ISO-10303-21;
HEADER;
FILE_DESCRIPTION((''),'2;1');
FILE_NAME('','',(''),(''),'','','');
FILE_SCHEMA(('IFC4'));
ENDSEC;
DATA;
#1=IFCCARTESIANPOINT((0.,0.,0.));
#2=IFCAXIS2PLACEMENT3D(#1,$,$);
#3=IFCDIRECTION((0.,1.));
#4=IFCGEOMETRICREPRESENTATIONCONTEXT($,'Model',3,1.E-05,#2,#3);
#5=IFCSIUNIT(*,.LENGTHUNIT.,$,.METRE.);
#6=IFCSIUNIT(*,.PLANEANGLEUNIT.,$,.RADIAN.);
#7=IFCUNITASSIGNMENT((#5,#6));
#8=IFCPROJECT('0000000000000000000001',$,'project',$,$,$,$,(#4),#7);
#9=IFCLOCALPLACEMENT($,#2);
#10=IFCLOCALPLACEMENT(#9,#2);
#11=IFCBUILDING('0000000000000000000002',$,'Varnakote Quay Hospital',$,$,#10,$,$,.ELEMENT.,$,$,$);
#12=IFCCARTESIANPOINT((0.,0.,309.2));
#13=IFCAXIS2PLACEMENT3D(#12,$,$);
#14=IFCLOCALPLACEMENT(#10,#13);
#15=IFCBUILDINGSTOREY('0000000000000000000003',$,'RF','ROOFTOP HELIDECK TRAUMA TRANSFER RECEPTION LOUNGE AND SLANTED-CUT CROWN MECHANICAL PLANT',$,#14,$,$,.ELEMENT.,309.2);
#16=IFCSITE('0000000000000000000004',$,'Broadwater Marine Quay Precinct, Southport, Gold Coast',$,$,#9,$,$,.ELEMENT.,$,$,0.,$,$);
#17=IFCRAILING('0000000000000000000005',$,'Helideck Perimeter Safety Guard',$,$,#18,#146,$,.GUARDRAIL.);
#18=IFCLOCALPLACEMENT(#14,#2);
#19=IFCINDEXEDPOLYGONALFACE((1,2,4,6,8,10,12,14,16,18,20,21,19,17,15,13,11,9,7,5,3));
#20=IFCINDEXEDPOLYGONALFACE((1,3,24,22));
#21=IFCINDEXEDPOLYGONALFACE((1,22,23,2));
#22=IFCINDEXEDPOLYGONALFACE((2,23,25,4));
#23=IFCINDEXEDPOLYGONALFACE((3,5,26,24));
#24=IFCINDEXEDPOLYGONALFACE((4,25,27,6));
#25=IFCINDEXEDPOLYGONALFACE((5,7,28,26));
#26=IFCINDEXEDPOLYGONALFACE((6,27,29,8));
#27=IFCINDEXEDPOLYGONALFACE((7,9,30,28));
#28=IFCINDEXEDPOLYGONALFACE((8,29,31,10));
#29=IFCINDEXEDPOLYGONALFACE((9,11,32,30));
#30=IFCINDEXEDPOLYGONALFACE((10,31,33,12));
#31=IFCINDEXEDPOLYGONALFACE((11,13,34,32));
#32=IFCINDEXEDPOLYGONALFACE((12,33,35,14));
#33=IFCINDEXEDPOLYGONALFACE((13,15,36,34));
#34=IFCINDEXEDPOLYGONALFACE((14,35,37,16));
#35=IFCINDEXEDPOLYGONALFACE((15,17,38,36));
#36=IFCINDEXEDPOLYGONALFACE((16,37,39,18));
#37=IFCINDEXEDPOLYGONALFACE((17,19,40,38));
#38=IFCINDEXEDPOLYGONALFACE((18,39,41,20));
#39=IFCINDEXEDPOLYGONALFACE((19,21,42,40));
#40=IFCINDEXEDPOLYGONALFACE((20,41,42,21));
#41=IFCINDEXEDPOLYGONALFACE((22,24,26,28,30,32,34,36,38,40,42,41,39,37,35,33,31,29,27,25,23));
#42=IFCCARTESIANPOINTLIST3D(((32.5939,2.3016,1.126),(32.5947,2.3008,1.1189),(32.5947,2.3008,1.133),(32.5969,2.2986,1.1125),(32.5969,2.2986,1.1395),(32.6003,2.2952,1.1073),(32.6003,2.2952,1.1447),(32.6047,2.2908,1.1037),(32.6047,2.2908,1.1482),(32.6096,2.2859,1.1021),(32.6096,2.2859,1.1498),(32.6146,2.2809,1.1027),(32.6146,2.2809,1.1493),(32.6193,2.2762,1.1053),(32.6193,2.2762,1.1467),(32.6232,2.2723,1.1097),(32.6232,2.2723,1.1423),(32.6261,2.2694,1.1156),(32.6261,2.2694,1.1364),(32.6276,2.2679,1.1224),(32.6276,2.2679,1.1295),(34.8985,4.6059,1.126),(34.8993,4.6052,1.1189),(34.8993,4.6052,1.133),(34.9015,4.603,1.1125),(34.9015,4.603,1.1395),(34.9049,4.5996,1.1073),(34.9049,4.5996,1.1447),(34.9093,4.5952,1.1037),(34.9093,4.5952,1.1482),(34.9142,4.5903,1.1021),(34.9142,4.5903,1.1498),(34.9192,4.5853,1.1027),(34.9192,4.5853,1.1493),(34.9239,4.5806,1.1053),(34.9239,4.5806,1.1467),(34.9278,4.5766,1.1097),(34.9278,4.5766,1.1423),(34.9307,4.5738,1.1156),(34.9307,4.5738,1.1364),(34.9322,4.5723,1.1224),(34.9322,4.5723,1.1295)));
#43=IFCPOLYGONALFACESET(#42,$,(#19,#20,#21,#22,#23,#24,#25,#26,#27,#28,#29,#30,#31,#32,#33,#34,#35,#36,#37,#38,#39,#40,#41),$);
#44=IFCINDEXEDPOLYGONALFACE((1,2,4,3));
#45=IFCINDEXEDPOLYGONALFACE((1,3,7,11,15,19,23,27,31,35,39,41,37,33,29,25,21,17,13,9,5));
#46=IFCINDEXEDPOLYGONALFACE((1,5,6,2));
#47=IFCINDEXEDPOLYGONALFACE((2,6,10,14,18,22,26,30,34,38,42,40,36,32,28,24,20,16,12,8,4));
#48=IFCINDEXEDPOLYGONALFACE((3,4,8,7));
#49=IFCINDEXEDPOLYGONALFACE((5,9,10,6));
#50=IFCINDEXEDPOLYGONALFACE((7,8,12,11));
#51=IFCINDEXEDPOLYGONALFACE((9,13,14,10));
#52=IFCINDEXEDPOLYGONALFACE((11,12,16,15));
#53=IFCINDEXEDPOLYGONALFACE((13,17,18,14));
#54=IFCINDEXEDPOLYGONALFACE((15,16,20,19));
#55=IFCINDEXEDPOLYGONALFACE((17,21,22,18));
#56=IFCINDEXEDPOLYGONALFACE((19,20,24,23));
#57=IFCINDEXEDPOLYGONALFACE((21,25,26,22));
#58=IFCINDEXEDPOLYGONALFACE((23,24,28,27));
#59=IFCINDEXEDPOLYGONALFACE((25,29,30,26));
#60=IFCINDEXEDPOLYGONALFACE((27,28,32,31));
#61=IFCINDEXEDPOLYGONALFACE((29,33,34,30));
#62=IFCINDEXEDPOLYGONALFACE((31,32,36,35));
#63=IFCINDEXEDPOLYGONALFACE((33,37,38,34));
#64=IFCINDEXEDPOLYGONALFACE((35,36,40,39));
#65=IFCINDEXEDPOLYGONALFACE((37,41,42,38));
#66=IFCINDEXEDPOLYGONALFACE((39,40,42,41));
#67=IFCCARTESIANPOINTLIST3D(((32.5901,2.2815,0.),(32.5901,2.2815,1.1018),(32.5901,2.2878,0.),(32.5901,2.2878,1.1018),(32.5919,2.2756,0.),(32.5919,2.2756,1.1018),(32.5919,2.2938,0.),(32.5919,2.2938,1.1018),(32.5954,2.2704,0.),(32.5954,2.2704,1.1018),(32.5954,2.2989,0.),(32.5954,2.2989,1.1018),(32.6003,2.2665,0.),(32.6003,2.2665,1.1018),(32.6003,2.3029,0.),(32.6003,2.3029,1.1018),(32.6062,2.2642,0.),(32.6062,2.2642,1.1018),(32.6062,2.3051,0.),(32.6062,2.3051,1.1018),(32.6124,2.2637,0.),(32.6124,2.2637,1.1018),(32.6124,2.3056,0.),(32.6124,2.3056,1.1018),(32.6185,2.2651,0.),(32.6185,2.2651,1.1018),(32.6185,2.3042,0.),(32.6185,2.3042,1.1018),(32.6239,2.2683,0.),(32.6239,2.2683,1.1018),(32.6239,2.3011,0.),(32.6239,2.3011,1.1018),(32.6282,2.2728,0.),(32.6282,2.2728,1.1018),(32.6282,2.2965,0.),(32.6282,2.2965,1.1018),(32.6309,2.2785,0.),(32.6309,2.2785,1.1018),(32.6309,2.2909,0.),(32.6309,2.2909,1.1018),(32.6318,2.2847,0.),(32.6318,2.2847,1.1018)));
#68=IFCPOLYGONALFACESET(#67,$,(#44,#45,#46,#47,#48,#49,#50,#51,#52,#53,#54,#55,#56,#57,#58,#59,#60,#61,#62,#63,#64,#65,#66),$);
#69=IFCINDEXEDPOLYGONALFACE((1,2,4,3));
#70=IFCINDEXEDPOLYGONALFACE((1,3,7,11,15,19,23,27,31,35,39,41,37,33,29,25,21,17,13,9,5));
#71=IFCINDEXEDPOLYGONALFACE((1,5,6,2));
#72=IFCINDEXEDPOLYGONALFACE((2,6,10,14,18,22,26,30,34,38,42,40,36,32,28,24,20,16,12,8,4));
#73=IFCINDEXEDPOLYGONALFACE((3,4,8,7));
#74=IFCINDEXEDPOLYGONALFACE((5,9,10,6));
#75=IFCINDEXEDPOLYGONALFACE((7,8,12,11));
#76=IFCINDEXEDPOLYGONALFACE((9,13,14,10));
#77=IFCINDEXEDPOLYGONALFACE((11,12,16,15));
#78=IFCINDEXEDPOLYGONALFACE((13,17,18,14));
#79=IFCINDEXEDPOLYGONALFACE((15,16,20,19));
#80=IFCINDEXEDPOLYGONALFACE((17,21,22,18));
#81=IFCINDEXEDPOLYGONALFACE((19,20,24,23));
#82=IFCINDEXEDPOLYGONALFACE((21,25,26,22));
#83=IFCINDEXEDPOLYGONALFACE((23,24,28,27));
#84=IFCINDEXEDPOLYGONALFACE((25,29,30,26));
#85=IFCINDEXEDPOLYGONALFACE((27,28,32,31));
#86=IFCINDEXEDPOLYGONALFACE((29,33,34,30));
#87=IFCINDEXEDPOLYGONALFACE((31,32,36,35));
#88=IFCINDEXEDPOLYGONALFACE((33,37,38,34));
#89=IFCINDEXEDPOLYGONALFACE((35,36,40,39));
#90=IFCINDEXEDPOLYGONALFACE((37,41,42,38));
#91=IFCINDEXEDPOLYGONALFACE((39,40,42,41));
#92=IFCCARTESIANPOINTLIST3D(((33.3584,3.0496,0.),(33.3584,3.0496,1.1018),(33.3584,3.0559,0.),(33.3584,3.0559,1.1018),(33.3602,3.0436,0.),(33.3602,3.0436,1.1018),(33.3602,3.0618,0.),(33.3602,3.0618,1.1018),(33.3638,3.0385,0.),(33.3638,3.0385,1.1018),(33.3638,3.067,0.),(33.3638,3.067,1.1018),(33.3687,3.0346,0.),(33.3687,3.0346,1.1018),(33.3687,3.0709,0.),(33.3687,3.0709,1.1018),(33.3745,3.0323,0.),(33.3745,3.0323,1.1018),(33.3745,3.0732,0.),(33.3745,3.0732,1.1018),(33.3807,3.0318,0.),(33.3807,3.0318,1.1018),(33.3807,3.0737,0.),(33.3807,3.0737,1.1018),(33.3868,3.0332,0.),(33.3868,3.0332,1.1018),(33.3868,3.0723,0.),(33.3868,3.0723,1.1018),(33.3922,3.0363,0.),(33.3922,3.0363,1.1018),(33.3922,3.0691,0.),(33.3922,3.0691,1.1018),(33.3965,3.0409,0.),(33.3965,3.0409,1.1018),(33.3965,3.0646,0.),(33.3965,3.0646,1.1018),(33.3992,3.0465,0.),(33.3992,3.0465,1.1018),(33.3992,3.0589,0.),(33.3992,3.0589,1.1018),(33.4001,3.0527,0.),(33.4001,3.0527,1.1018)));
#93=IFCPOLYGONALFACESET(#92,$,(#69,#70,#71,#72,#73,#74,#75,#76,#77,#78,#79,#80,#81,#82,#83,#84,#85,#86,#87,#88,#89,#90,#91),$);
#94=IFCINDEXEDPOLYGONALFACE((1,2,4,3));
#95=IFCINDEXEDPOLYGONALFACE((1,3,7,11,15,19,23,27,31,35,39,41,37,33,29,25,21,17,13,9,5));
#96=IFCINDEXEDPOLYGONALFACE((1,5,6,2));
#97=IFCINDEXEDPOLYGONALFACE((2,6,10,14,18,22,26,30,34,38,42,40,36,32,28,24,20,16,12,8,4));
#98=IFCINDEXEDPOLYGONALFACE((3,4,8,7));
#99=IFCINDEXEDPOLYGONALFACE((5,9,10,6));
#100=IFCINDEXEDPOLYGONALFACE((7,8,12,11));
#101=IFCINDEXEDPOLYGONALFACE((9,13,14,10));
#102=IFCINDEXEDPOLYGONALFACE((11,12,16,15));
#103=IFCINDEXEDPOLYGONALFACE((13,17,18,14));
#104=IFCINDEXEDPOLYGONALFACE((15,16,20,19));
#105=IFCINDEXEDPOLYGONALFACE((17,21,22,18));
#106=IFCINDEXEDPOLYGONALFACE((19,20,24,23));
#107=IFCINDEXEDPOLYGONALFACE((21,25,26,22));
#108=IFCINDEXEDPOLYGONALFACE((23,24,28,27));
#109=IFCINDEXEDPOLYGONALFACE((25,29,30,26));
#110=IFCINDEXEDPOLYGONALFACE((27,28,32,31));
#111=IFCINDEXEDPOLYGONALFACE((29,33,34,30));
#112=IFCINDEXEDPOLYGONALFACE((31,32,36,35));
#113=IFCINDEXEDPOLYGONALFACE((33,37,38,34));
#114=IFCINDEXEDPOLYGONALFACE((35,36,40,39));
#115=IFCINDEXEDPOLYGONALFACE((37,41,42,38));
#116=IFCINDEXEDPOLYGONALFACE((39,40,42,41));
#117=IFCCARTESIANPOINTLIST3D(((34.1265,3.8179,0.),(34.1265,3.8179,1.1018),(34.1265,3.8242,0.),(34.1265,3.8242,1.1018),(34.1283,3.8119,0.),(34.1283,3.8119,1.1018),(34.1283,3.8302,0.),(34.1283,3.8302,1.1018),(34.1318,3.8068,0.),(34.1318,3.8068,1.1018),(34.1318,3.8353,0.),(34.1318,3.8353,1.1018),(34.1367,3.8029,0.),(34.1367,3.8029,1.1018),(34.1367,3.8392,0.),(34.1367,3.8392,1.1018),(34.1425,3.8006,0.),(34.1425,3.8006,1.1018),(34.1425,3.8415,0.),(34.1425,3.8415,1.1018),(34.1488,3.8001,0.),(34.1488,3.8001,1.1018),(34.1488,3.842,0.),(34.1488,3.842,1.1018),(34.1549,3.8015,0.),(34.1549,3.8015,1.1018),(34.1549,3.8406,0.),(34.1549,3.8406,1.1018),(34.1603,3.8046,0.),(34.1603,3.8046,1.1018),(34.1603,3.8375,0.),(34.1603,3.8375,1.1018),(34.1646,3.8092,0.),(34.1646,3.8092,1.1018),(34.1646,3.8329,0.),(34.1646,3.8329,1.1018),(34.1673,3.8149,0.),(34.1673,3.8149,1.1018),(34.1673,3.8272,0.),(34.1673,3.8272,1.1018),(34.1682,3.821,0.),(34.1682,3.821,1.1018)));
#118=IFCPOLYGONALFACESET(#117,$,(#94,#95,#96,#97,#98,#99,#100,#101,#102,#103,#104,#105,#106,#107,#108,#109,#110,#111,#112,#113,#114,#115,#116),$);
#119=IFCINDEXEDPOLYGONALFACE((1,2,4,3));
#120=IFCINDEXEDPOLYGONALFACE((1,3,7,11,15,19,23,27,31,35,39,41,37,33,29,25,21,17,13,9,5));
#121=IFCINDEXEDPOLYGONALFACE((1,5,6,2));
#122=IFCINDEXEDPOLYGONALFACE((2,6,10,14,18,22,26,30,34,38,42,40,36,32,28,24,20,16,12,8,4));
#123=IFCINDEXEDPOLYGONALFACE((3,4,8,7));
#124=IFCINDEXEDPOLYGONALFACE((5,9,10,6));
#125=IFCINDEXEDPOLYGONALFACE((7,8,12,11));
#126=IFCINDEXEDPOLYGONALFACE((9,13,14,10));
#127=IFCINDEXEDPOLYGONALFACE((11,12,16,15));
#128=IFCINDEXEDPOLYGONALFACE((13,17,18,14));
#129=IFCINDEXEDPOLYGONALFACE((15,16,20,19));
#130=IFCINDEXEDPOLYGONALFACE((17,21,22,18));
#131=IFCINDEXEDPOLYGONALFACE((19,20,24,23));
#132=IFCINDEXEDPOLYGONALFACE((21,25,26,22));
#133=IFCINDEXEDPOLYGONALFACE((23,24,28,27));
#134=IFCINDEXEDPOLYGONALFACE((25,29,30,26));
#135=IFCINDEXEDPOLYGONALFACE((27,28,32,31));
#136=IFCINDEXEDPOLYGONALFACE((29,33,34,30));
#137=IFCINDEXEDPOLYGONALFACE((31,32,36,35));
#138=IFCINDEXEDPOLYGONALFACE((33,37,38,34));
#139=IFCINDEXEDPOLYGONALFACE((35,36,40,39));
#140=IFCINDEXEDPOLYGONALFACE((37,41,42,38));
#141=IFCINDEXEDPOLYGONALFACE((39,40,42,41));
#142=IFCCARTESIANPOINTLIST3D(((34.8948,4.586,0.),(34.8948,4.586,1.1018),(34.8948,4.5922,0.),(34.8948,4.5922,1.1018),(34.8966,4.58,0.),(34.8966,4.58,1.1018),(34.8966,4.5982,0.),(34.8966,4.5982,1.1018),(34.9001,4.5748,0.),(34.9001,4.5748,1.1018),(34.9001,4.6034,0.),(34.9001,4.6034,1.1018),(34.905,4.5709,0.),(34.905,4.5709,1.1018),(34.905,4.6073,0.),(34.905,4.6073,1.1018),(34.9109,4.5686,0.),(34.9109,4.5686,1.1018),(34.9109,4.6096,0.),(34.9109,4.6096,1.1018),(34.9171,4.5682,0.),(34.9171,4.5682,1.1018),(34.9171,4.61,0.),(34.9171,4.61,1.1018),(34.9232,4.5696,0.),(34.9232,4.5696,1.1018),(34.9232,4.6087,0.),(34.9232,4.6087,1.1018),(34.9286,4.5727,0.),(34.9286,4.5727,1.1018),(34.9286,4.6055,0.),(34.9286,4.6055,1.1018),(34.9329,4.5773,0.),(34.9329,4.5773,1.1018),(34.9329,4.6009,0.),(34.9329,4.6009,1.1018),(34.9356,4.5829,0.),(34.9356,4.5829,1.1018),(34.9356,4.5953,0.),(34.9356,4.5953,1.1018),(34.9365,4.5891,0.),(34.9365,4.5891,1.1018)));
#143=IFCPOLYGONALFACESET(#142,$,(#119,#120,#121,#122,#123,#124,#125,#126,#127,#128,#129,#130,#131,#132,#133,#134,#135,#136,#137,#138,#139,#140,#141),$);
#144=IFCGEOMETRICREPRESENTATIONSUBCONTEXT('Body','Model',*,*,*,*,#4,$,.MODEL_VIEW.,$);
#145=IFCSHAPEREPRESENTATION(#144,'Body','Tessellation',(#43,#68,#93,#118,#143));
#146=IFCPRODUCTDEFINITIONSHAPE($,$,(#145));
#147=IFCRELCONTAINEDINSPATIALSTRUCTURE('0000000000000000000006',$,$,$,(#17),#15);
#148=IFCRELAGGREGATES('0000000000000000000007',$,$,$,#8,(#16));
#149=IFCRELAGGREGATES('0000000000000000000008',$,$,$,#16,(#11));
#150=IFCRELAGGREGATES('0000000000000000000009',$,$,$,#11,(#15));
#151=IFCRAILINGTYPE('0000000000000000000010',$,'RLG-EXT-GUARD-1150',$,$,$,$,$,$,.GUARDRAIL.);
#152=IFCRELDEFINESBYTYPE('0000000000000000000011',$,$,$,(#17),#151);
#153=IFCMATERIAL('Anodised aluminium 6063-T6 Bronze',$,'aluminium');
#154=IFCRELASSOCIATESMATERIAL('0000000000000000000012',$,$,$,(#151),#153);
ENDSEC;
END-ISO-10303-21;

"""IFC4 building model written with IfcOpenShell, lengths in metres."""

from ifc_helpers import new_model, si_unit, direction, frame, origin, origin_2d, place, context, subcontext, project, spatial, circle, extrude, material, type_object, element, save


model = new_model("IFC4")

# Units and contexts
model_context = context("Model", 3, precision=1e-05, world=origin(), true_north=direction((0.0, 1.0)))
body_context = subcontext(model_context, "Body", "Model", "MODEL_VIEW")
ifc_project = project(units=[si_unit("LENGTHUNIT", "METRE"), si_unit("PLANEANGLEUNIT", "RADIAN")], contexts=[model_context])

# Site, building, storey
site_placement = place(None, origin())
site = spatial("IfcSite", under=ifc_project, at=site_placement, Name="Broadwater Marine Quay Precinct, Southport, Gold Coast", CompositionType="ELEMENT", RefElevation=0.0)
building_placement = place(site_placement, origin())
building = spatial("IfcBuilding", under=site, at=building_placement, Name="Varnakote Quay Hospital", CompositionType="ELEMENT")
storey_placement = place(building_placement, frame((0.0, 0.0, 309.2)))
storey = spatial("IfcBuildingStorey", under=building, at=storey_placement, Name="RF", Description="ROOFTOP HELIDECK TRAUMA TRANSFER RECEPTION LOUNGE AND SLANTED-CUT CROWN MECHANICAL PLANT", CompositionType="ELEMENT", Elevation=309.2)

# Railing
ifc_material_1 = material(Name="Anodised aluminium 6063-T6 Bronze", Category="aluminium")
railing_type_1 = type_object("IfcRailingType", Name="RLG-EXT-GUARD-1150", PredefinedType="GUARDRAIL", material=ifc_material_1)
railing_1_placement = place(storey_placement, frame((32.6108, 2.2847, 0.0)))
element("IfcRailing", 1, at=railing_1_placement, inside=storey, type_object=railing_type_1, Name="Helideck Perimeter Safety Guard", PredefinedType="GUARDRAIL", context=body_context, shape_type="SweptSolid", body=[
    extrude(circle(Radius=0.0239, at=origin_2d()), frame((0.0, 0.0, 1.126), z_axis=(0.707144, 0.707069, 0.0), x_axis=(-0.707069, 0.707144, 0.0)), (0.0, 0.0, 1.0), 3.259),
    extrude(circle(Radius=0.021, at=origin_2d()), origin(), (0.0, 0.0, 1.0), 1.1018),
    extrude(circle(Radius=0.021, at=origin_2d()), frame((0.7683, 0.7681, 0.0)), (0.0, 0.0, 1.0), 1.1018),
    extrude(circle(Radius=0.021, at=origin_2d()), frame((1.5364, 1.5364, 0.0)), (0.0, 0.0, 1.0), 1.1018),
    extrude(circle(Radius=0.021, at=origin_2d()), frame((2.3047, 2.3044, 0.0)), (0.0, 0.0, 1.0), 1.1018),
])

save(model, "model.ifc")
